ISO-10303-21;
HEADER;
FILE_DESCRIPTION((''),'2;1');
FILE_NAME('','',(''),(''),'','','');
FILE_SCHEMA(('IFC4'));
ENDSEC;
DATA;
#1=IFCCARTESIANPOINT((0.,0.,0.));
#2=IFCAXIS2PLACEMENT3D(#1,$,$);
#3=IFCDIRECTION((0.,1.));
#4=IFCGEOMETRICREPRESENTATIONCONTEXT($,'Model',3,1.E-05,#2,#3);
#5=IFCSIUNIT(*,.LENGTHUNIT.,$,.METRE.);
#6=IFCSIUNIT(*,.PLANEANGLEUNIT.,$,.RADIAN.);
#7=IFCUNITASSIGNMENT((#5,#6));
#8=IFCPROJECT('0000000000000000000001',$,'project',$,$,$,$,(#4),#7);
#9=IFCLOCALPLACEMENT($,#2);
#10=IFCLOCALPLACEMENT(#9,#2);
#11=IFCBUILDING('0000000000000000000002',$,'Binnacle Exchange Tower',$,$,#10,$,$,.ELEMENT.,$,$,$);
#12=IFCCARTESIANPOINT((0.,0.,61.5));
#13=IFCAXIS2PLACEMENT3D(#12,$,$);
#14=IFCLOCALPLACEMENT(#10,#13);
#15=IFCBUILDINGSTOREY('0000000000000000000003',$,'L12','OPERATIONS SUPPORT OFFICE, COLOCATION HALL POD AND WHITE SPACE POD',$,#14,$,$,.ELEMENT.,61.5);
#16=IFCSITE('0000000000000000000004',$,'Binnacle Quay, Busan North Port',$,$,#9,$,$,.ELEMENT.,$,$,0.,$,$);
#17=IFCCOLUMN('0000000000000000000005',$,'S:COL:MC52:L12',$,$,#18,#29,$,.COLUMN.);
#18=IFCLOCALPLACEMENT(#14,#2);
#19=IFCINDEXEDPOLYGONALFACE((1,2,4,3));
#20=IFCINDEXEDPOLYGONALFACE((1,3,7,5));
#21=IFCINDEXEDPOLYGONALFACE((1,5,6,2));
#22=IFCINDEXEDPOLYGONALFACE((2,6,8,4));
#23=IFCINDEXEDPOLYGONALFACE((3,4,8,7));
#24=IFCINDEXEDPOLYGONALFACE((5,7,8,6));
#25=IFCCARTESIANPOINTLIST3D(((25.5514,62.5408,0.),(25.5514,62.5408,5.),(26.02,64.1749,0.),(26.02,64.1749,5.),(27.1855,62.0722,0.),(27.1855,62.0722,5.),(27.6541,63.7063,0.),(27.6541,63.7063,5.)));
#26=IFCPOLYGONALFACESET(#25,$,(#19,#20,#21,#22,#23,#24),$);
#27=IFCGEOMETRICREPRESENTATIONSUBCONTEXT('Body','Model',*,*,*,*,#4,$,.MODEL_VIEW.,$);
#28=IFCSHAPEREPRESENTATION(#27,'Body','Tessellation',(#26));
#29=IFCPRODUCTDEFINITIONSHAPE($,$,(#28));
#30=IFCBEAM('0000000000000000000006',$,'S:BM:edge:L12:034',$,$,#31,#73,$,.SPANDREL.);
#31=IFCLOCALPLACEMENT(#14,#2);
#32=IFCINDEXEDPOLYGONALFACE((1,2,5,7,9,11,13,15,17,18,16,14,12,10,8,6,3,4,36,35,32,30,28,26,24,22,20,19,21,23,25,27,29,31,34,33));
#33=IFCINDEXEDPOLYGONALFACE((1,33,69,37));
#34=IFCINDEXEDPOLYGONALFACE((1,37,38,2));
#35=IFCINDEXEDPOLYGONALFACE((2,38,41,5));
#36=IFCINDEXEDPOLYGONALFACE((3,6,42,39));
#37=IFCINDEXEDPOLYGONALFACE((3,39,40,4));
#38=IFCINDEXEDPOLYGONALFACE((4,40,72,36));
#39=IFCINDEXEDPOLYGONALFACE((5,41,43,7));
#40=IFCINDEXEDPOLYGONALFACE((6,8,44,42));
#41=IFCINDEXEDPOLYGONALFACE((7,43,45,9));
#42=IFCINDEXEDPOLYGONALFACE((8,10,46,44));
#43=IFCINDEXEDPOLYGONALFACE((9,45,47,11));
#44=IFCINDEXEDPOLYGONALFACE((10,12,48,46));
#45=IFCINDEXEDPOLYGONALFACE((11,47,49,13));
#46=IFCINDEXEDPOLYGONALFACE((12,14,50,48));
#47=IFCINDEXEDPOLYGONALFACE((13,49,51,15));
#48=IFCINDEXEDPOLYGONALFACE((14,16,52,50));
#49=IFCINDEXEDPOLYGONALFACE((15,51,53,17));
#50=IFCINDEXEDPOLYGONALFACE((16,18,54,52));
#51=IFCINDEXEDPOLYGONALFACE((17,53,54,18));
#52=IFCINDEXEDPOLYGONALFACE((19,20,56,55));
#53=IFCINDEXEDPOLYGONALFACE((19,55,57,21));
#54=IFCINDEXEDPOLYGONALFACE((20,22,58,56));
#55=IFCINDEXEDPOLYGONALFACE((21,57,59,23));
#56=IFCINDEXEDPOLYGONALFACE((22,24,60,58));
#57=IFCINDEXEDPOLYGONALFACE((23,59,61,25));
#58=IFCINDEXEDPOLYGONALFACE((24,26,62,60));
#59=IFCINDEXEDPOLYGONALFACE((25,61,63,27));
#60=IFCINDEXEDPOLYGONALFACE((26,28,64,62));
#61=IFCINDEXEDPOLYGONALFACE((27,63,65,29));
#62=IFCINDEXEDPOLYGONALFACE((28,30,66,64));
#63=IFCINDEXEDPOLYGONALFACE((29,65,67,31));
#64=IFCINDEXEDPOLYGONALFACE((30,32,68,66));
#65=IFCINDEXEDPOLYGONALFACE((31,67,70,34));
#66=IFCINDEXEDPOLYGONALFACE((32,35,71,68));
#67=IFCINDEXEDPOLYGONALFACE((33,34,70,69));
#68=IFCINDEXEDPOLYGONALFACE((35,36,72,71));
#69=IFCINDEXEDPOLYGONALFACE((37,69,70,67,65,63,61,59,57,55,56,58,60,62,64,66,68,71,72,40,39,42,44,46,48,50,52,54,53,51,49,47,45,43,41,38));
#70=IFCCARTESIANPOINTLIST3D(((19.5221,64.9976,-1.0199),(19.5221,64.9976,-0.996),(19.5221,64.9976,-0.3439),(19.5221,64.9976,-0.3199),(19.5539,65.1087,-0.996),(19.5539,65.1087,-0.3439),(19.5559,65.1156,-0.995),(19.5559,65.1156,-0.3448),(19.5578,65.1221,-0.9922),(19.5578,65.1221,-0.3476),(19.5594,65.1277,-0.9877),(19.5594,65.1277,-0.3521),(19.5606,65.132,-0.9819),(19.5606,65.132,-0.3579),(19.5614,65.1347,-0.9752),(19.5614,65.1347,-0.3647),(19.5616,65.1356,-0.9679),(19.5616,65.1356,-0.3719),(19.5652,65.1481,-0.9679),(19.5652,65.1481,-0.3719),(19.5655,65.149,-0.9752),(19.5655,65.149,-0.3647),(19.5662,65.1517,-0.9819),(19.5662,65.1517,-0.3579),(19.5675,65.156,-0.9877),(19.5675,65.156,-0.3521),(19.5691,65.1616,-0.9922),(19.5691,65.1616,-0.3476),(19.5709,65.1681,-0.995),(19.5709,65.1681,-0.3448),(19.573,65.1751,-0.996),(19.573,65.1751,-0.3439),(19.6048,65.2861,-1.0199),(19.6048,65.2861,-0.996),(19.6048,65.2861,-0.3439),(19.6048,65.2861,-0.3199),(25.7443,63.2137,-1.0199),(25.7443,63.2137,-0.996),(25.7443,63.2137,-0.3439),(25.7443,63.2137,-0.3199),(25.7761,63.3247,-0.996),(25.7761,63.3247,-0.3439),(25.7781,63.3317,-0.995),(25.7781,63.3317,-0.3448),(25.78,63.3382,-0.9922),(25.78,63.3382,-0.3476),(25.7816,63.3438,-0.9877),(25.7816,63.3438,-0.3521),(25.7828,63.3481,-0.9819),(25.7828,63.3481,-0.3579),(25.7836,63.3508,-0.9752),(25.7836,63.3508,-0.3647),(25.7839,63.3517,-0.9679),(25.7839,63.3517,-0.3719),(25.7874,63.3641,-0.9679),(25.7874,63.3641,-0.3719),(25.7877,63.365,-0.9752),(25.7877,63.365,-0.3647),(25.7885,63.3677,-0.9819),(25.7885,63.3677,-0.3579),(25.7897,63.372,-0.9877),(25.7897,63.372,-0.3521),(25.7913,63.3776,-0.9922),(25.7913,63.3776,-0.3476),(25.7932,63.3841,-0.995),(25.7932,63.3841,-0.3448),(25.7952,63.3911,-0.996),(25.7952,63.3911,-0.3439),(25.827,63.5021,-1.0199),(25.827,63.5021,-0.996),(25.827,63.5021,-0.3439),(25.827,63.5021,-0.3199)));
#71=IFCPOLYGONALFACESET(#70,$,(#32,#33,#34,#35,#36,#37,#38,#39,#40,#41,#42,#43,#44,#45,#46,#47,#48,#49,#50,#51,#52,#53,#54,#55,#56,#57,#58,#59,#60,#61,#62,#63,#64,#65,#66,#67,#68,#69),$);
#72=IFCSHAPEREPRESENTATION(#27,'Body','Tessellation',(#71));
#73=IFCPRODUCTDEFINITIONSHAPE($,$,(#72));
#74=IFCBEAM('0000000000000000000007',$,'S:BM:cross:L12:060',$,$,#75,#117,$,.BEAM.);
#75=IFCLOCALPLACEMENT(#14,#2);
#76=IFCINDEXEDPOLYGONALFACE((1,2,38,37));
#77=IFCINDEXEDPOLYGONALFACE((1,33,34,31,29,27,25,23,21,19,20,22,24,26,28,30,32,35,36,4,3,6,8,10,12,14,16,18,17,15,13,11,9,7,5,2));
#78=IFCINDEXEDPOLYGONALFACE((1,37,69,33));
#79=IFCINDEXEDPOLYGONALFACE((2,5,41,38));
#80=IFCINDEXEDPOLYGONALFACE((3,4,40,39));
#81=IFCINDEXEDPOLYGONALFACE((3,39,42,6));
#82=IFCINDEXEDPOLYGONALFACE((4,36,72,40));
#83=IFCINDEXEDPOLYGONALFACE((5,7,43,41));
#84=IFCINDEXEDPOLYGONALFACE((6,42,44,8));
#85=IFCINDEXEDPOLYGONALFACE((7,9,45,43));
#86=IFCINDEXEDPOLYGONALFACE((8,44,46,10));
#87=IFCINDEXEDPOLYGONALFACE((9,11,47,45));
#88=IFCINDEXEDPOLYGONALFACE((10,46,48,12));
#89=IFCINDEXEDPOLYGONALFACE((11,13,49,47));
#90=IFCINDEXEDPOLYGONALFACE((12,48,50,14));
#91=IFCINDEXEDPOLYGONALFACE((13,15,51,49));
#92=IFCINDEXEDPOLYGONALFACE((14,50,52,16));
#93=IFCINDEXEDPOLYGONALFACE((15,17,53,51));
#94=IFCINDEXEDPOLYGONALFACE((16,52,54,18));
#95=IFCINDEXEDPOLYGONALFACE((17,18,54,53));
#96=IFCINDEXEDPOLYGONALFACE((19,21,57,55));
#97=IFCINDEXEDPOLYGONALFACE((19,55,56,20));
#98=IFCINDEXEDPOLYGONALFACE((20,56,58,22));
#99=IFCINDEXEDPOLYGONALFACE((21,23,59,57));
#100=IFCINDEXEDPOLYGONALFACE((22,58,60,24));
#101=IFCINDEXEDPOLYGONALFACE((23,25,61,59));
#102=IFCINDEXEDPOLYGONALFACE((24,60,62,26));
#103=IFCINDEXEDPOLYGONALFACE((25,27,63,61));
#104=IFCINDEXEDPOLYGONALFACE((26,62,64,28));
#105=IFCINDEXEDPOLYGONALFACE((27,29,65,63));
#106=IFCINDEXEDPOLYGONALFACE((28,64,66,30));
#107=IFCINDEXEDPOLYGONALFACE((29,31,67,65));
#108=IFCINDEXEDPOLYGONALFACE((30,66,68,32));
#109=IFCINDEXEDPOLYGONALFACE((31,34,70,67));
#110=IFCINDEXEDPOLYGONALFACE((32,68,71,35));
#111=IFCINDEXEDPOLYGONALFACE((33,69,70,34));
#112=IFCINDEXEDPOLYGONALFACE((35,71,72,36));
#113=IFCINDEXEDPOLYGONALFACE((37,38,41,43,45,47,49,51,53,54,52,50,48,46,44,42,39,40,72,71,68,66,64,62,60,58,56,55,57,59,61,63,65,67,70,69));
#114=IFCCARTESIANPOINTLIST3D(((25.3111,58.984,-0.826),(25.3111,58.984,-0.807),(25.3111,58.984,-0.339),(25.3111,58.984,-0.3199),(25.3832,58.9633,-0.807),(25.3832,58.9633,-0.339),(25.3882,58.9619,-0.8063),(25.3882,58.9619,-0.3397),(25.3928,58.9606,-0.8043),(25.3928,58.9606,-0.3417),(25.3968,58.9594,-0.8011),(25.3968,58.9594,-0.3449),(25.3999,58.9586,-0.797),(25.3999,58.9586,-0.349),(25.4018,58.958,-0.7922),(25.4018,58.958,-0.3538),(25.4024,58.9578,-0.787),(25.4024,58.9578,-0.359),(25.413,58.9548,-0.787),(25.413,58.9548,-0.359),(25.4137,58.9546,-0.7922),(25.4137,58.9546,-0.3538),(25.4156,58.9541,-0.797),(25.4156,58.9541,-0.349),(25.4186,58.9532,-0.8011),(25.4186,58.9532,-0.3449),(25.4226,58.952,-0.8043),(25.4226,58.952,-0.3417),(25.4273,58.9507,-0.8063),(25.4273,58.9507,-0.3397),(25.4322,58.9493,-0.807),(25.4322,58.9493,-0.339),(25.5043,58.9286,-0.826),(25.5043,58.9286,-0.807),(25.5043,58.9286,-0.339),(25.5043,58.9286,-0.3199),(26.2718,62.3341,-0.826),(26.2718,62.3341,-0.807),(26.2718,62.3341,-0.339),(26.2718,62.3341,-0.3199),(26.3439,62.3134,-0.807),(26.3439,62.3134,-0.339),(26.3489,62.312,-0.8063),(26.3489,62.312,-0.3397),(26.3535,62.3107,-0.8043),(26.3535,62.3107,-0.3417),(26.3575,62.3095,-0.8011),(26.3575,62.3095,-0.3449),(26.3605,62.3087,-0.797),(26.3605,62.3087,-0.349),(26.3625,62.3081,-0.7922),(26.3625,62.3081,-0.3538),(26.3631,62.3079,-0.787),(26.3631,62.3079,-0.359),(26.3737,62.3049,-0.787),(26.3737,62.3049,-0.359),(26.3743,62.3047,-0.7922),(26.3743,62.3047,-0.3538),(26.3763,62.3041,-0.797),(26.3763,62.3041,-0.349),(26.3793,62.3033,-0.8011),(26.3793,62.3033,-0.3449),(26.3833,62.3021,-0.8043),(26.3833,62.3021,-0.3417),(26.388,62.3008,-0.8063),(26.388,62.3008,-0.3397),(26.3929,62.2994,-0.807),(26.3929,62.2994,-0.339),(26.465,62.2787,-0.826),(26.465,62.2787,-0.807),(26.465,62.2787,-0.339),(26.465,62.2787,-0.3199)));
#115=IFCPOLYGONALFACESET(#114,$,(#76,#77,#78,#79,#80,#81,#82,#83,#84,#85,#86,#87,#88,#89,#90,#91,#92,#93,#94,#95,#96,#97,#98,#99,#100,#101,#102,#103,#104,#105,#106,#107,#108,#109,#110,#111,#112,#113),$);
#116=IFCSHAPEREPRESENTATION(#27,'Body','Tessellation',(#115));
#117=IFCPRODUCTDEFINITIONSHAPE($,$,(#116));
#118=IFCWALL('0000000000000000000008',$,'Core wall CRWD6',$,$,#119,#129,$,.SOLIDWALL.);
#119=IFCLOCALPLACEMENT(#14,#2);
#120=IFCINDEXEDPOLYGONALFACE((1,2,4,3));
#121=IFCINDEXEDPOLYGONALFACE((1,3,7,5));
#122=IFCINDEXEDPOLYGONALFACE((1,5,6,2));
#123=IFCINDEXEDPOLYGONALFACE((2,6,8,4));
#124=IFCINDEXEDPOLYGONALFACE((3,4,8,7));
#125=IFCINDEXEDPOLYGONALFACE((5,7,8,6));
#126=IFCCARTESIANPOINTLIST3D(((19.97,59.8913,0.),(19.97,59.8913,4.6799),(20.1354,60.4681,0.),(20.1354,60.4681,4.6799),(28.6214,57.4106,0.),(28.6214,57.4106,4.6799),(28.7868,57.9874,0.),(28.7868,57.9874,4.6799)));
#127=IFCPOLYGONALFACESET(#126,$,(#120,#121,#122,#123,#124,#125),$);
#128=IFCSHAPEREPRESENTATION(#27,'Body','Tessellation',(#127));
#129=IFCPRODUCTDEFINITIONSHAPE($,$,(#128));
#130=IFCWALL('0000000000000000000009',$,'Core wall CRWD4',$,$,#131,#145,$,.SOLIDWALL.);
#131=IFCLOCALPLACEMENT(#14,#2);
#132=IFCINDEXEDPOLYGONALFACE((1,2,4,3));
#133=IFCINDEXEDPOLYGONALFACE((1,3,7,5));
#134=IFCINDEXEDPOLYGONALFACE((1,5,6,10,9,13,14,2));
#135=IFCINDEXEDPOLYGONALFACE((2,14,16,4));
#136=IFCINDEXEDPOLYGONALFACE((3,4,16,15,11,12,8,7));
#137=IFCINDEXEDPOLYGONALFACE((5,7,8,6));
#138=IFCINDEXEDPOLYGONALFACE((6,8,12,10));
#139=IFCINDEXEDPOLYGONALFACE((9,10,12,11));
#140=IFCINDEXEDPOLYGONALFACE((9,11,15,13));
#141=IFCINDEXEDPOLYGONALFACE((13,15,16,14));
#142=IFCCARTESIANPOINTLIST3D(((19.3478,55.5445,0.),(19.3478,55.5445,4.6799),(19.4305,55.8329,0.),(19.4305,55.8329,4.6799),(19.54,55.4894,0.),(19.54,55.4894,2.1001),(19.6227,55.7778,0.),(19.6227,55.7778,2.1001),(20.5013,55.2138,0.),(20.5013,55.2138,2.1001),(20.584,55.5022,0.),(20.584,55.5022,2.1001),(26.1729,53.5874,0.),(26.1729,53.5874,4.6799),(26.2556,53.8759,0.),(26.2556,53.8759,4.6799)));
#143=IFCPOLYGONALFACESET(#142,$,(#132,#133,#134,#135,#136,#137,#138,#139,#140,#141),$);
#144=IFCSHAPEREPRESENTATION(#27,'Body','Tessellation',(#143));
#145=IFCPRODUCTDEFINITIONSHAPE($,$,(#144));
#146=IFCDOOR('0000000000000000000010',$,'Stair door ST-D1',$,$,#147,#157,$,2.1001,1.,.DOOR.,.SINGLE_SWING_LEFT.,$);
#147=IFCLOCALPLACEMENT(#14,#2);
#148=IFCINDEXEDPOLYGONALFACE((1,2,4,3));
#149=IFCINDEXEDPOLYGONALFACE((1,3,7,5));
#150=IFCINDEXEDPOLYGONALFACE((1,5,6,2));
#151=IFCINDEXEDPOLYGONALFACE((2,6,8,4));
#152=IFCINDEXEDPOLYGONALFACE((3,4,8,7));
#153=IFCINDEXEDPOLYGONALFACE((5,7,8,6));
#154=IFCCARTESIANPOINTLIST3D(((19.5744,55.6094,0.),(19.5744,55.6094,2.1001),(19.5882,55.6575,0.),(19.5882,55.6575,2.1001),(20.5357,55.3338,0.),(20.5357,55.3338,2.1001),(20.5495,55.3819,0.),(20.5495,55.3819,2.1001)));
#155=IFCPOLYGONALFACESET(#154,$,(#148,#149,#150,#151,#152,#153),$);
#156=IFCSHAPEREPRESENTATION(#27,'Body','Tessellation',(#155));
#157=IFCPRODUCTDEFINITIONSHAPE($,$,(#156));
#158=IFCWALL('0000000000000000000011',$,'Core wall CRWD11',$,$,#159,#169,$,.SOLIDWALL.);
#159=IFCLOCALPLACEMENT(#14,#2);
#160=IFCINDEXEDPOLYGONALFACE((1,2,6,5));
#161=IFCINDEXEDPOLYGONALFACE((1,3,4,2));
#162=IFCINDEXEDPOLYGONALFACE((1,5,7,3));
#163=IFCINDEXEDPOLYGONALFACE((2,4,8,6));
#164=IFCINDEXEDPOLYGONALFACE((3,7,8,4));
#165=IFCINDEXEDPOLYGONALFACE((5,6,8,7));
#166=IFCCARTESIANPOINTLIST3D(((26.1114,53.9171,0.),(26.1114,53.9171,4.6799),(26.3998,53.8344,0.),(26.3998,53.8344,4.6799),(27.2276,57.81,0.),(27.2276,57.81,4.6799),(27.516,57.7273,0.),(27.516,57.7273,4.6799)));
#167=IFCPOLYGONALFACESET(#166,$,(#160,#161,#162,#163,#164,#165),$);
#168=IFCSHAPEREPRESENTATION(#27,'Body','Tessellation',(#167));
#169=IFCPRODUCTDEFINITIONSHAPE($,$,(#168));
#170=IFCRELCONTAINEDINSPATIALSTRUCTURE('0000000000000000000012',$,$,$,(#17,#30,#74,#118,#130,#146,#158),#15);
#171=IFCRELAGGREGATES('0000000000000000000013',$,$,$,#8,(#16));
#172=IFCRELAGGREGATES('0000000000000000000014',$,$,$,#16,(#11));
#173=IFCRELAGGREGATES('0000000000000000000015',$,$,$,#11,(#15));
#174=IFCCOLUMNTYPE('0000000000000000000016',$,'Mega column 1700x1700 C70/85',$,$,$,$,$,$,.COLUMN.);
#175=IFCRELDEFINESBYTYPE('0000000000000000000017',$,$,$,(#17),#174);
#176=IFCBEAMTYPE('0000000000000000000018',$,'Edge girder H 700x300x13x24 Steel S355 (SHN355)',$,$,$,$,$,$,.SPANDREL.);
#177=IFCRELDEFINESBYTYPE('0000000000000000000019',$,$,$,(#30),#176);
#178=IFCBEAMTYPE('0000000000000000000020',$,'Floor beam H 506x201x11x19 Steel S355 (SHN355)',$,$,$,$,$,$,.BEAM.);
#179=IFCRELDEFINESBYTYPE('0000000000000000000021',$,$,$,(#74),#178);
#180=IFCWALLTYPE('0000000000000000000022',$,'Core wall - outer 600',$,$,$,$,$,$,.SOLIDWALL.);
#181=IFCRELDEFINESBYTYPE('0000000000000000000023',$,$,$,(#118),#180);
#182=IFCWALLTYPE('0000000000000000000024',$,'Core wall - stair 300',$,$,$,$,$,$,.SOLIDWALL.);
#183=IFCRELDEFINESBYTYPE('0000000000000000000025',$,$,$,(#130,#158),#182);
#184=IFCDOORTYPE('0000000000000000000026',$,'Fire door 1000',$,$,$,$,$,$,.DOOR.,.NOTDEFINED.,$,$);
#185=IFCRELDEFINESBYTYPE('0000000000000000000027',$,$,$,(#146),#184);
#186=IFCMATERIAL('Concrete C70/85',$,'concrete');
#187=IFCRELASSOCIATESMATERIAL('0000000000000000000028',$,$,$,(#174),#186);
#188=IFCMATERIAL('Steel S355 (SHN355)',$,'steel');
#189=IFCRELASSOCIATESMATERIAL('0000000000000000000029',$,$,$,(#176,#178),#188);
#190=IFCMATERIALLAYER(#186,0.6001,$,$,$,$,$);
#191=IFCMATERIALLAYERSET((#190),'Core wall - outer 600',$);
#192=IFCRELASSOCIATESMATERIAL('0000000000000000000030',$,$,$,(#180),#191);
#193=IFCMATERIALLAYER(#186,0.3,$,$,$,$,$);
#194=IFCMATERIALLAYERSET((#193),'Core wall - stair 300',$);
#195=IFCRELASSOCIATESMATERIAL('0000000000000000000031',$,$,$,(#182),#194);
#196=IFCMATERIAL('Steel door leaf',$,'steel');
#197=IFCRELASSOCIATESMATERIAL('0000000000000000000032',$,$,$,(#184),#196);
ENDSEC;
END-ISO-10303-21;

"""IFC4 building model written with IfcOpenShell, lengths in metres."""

from ifc_helpers import new_model, si_unit, direction, frame, frame_2d, origin, origin_2d, place, context, subcontext, project, spatial, rectangle, i_section, extrude, material, layer, layer_set, material_profile, profile_set, type_object, element, fill, save


model = new_model("IFC4")

# Units and contexts
model_context = context("Model", 3, precision=1e-05, world=origin(), true_north=direction((0.0, 1.0)))
body_context = subcontext(model_context, "Body", "Model", "MODEL_VIEW")
ifc_project = project(units=[si_unit("LENGTHUNIT", "METRE"), si_unit("PLANEANGLEUNIT", "RADIAN")], contexts=[model_context])

# Site, building, storey
site_placement = place(None, origin())
site = spatial("IfcSite", under=ifc_project, at=site_placement, Name="Binnacle Quay, Busan North Port", CompositionType="ELEMENT", RefElevation=0.0)
building_placement = place(site_placement, origin())
building = spatial("IfcBuilding", under=site, at=building_placement, Name="Binnacle Exchange Tower", CompositionType="ELEMENT")
storey_placement = place(building_placement, frame((0.0, 0.0, 61.5)))
storey = spatial("IfcBuildingStorey", under=building, at=storey_placement, Name="L12", Description="OPERATIONS SUPPORT OFFICE, COLOCATION HALL POD AND WHITE SPACE POD", CompositionType="ELEMENT", Elevation=61.5)

# Column
ifc_material_1 = material(Name="Concrete C70/85", Category="concrete")
ifc_material_profile_1 = material_profile(ifc_material_1, rectangle(XDim=1.7, YDim=1.7, at=origin_2d()), Name="Mega column 1700x1700 C70/85")
ifc_profile_set_1 = profile_set([ifc_material_profile_1], Name="Concrete C70/85")
column_type = type_object("IfcColumnType", Name="Mega column 1700x1700 C70/85", PredefinedType="COLUMN", material=ifc_profile_set_1)
column_placement = place(storey_placement, frame((26.6028, 63.1235, 0.0), z_axis=(0.0, 0.0, 1.0), x_axis=(-0.961262, 0.275637, 0.0)))
element("IfcColumn", 1, at=column_placement, inside=storey, type_object=column_type, Name="S:COL:MC52:L12", PredefinedType="COLUMN", context=body_context, shape_type="SweptSolid", body=[
    extrude(rectangle(XDim=1.7, YDim=1.7, at=origin_2d()), origin(), (0.0, 0.0, 1.0), 5.0),
])

# Beams
ifc_material_2 = material(Name="Steel S355 (SHN355)", Category="steel")
ifc_material_profile_2 = material_profile(ifc_material_2, i_section(OverallWidth=0.3, OverallDepth=0.7, WebThickness=0.0129, FlangeThickness=0.0239, FilletRadius=0.0281, at=origin_2d()), Name="H 700x300x13x24")
ifc_profile_set_2 = profile_set([ifc_material_profile_2], Name="Steel S355 (SHN355)")
beam_type_1 = type_object("IfcBeamType", Name="Edge girder H 700x300x13x24 Steel S355 (SHN355)", PredefinedType="SPANDREL", material=ifc_profile_set_2)
beam_1_placement = place(storey_placement, frame((25.7856, 63.3579, -0.6699), z_axis=(-0.961272, 0.275603, 0.0), x_axis=(-0.275603, -0.961272, 0.0)))
element("IfcBeam", 2, at=beam_1_placement, inside=storey, type_object=beam_type_1, Name="S:BM:edge:L12:034", PredefinedType="SPANDREL", context=body_context, shape_type="SweptSolid", body=[
    extrude(i_section(OverallWidth=0.3, OverallDepth=0.7, WebThickness=0.0129, FlangeThickness=0.0239, FilletRadius=0.0281, at=origin_2d()), origin(), (0.0, 0.0, 1.0), 6.4729),
])
ifc_material_profile_3 = material_profile(ifc_material_2, i_section(OverallWidth=0.2009, OverallDepth=0.5061, WebThickness=0.011, FlangeThickness=0.019, FilletRadius=0.02, at=origin_2d()), Name="H 506x201x11x19")
ifc_profile_set_3 = profile_set([ifc_material_profile_3], Name="Steel S355 (SHN355)")
beam_type_2 = type_object("IfcBeamType", Name="Floor beam H 506x201x11x19 Steel S355 (SHN355)", PredefinedType="BEAM", material=ifc_profile_set_3)
beam_2_placement = place(storey_placement, frame((26.3684, 62.3064, -0.573), z_axis=(-0.275655, -0.961257, 0.0), x_axis=(0.961257, -0.275655, 0.0)))
element("IfcBeam", 3, at=beam_2_placement, inside=storey, type_object=beam_type_2, Name="S:BM:cross:L12:060", PredefinedType="BEAM", context=body_context, shape_type="SweptSolid", body=[
    extrude(i_section(OverallWidth=0.2009, OverallDepth=0.5061, WebThickness=0.011, FlangeThickness=0.019, FilletRadius=0.02, at=origin_2d()), origin(), (0.0, 0.0, 1.0), 3.4851),
])

# Wall
ifc_layer_1 = layer(ifc_material_1, 0.6001)
ifc_layer_set_1 = layer_set([ifc_layer_1], Name="Core wall - outer 600")
wall_type_1 = type_object("IfcWallType", Name="Core wall - outer 600", PredefinedType="SOLIDWALL", material=ifc_layer_set_1)
wall_1_placement = place(storey_placement, frame((20.0527, 60.1797, 0.0), z_axis=(0.0, 0.0, 1.0), x_axis=(0.961262, -0.275635, 0.0)))
element("IfcWall", 4, at=wall_1_placement, inside=storey, type_object=wall_type_1, Name="Core wall CRWD6", PredefinedType="SOLIDWALL", context=body_context, shape_type="SweptSolid", body=[
    extrude(rectangle(XDim=9.0, YDim=0.6001, at=frame_2d((4.5, 0.0))), origin(), (0.0, 0.0, 1.0), 4.6799),
])

# Wall, opening, door
ifc_layer_2 = layer(ifc_material_1, 0.3)
ifc_layer_set_2 = layer_set([ifc_layer_2], Name="Core wall - stair 300")
wall_type_2 = type_object("IfcWallType", Name="Core wall - stair 300", PredefinedType="SOLIDWALL", material=ifc_layer_set_2)
wall_2_placement = place(storey_placement, frame((19.3892, 55.6887, 0.0), z_axis=(0.0, 0.0, 1.0), x_axis=(0.961261, -0.275638, 0.0)))
wall_2 = element("IfcWall", 5, at=wall_2_placement, inside=storey, type_object=wall_type_2, Name="Core wall CRWD4", PredefinedType="SOLIDWALL", context=body_context, shape_type="SweptSolid", body=[
    extrude(rectangle(XDim=7.1001, YDim=0.3, at=frame_2d((3.55, 0.0))), origin(), (0.0, 0.0, 1.0), 4.6799),
])
opening_1_placement = place(wall_2_placement, frame((0.2, 0.0, 0.0)))
opening_1 = element("IfcOpeningElement", 6, at=opening_1_placement, cuts=wall_2, PredefinedType="OPENING", context=body_context, shape_type="SweptSolid", body=[
    extrude(rectangle(XDim=1.0, YDim=2.1001, at=frame_2d((0.5, 1.05))), frame((0.0, 0.1599, 0.0), z_axis=(0.0, -1.0, 0.0), x_axis=(1.0, 0.0, 0.0)), (0.0, 0.0, 1.0), 0.3201),
])
ifc_material_3 = material(Name="Steel door leaf", Category="steel")
door_type_1 = type_object("IfcDoorType", Name="Fire door 1000", OperationType="NOTDEFINED", PredefinedType="DOOR", material=ifc_material_3)
door_1_placement = place(opening_1_placement, origin())
door_1 = element("IfcDoor", 7, at=door_1_placement, inside=storey, type_object=door_type_1, Name="Stair door ST-D1", OperationType="SINGLE_SWING_LEFT", OverallHeight=2.1001, OverallWidth=1.0, PredefinedType="DOOR", context=body_context, shape_type="SweptSolid", body=[
    extrude(rectangle(XDim=1.0, YDim=2.1001, at=frame_2d((0.5, 1.05))), frame((0.0, 0.0249, 0.0), z_axis=(0.0, -1.0, 0.0), x_axis=(1.0, 0.0, 0.0)), (0.0, 0.0, 1.0), 0.05),
])
fill(opening_1, door_1)

# Wall
wall_3_placement = place(storey_placement, frame((26.2556, 53.8757, 0.0), z_axis=(0.0, 0.0, 1.0), x_axis=(0.275613, 0.961269, 0.0)))
element("IfcWall", 8, at=wall_3_placement, inside=storey, type_object=wall_type_2, Name="Core wall CRWD11", PredefinedType="SOLIDWALL", context=body_context, shape_type="SweptSolid", body=[
    extrude(rectangle(XDim=4.0498, YDim=0.3, at=frame_2d((2.0249, 0.0))), origin(), (0.0, 0.0, 1.0), 4.6799),
])

save(model, "model.ifc")
